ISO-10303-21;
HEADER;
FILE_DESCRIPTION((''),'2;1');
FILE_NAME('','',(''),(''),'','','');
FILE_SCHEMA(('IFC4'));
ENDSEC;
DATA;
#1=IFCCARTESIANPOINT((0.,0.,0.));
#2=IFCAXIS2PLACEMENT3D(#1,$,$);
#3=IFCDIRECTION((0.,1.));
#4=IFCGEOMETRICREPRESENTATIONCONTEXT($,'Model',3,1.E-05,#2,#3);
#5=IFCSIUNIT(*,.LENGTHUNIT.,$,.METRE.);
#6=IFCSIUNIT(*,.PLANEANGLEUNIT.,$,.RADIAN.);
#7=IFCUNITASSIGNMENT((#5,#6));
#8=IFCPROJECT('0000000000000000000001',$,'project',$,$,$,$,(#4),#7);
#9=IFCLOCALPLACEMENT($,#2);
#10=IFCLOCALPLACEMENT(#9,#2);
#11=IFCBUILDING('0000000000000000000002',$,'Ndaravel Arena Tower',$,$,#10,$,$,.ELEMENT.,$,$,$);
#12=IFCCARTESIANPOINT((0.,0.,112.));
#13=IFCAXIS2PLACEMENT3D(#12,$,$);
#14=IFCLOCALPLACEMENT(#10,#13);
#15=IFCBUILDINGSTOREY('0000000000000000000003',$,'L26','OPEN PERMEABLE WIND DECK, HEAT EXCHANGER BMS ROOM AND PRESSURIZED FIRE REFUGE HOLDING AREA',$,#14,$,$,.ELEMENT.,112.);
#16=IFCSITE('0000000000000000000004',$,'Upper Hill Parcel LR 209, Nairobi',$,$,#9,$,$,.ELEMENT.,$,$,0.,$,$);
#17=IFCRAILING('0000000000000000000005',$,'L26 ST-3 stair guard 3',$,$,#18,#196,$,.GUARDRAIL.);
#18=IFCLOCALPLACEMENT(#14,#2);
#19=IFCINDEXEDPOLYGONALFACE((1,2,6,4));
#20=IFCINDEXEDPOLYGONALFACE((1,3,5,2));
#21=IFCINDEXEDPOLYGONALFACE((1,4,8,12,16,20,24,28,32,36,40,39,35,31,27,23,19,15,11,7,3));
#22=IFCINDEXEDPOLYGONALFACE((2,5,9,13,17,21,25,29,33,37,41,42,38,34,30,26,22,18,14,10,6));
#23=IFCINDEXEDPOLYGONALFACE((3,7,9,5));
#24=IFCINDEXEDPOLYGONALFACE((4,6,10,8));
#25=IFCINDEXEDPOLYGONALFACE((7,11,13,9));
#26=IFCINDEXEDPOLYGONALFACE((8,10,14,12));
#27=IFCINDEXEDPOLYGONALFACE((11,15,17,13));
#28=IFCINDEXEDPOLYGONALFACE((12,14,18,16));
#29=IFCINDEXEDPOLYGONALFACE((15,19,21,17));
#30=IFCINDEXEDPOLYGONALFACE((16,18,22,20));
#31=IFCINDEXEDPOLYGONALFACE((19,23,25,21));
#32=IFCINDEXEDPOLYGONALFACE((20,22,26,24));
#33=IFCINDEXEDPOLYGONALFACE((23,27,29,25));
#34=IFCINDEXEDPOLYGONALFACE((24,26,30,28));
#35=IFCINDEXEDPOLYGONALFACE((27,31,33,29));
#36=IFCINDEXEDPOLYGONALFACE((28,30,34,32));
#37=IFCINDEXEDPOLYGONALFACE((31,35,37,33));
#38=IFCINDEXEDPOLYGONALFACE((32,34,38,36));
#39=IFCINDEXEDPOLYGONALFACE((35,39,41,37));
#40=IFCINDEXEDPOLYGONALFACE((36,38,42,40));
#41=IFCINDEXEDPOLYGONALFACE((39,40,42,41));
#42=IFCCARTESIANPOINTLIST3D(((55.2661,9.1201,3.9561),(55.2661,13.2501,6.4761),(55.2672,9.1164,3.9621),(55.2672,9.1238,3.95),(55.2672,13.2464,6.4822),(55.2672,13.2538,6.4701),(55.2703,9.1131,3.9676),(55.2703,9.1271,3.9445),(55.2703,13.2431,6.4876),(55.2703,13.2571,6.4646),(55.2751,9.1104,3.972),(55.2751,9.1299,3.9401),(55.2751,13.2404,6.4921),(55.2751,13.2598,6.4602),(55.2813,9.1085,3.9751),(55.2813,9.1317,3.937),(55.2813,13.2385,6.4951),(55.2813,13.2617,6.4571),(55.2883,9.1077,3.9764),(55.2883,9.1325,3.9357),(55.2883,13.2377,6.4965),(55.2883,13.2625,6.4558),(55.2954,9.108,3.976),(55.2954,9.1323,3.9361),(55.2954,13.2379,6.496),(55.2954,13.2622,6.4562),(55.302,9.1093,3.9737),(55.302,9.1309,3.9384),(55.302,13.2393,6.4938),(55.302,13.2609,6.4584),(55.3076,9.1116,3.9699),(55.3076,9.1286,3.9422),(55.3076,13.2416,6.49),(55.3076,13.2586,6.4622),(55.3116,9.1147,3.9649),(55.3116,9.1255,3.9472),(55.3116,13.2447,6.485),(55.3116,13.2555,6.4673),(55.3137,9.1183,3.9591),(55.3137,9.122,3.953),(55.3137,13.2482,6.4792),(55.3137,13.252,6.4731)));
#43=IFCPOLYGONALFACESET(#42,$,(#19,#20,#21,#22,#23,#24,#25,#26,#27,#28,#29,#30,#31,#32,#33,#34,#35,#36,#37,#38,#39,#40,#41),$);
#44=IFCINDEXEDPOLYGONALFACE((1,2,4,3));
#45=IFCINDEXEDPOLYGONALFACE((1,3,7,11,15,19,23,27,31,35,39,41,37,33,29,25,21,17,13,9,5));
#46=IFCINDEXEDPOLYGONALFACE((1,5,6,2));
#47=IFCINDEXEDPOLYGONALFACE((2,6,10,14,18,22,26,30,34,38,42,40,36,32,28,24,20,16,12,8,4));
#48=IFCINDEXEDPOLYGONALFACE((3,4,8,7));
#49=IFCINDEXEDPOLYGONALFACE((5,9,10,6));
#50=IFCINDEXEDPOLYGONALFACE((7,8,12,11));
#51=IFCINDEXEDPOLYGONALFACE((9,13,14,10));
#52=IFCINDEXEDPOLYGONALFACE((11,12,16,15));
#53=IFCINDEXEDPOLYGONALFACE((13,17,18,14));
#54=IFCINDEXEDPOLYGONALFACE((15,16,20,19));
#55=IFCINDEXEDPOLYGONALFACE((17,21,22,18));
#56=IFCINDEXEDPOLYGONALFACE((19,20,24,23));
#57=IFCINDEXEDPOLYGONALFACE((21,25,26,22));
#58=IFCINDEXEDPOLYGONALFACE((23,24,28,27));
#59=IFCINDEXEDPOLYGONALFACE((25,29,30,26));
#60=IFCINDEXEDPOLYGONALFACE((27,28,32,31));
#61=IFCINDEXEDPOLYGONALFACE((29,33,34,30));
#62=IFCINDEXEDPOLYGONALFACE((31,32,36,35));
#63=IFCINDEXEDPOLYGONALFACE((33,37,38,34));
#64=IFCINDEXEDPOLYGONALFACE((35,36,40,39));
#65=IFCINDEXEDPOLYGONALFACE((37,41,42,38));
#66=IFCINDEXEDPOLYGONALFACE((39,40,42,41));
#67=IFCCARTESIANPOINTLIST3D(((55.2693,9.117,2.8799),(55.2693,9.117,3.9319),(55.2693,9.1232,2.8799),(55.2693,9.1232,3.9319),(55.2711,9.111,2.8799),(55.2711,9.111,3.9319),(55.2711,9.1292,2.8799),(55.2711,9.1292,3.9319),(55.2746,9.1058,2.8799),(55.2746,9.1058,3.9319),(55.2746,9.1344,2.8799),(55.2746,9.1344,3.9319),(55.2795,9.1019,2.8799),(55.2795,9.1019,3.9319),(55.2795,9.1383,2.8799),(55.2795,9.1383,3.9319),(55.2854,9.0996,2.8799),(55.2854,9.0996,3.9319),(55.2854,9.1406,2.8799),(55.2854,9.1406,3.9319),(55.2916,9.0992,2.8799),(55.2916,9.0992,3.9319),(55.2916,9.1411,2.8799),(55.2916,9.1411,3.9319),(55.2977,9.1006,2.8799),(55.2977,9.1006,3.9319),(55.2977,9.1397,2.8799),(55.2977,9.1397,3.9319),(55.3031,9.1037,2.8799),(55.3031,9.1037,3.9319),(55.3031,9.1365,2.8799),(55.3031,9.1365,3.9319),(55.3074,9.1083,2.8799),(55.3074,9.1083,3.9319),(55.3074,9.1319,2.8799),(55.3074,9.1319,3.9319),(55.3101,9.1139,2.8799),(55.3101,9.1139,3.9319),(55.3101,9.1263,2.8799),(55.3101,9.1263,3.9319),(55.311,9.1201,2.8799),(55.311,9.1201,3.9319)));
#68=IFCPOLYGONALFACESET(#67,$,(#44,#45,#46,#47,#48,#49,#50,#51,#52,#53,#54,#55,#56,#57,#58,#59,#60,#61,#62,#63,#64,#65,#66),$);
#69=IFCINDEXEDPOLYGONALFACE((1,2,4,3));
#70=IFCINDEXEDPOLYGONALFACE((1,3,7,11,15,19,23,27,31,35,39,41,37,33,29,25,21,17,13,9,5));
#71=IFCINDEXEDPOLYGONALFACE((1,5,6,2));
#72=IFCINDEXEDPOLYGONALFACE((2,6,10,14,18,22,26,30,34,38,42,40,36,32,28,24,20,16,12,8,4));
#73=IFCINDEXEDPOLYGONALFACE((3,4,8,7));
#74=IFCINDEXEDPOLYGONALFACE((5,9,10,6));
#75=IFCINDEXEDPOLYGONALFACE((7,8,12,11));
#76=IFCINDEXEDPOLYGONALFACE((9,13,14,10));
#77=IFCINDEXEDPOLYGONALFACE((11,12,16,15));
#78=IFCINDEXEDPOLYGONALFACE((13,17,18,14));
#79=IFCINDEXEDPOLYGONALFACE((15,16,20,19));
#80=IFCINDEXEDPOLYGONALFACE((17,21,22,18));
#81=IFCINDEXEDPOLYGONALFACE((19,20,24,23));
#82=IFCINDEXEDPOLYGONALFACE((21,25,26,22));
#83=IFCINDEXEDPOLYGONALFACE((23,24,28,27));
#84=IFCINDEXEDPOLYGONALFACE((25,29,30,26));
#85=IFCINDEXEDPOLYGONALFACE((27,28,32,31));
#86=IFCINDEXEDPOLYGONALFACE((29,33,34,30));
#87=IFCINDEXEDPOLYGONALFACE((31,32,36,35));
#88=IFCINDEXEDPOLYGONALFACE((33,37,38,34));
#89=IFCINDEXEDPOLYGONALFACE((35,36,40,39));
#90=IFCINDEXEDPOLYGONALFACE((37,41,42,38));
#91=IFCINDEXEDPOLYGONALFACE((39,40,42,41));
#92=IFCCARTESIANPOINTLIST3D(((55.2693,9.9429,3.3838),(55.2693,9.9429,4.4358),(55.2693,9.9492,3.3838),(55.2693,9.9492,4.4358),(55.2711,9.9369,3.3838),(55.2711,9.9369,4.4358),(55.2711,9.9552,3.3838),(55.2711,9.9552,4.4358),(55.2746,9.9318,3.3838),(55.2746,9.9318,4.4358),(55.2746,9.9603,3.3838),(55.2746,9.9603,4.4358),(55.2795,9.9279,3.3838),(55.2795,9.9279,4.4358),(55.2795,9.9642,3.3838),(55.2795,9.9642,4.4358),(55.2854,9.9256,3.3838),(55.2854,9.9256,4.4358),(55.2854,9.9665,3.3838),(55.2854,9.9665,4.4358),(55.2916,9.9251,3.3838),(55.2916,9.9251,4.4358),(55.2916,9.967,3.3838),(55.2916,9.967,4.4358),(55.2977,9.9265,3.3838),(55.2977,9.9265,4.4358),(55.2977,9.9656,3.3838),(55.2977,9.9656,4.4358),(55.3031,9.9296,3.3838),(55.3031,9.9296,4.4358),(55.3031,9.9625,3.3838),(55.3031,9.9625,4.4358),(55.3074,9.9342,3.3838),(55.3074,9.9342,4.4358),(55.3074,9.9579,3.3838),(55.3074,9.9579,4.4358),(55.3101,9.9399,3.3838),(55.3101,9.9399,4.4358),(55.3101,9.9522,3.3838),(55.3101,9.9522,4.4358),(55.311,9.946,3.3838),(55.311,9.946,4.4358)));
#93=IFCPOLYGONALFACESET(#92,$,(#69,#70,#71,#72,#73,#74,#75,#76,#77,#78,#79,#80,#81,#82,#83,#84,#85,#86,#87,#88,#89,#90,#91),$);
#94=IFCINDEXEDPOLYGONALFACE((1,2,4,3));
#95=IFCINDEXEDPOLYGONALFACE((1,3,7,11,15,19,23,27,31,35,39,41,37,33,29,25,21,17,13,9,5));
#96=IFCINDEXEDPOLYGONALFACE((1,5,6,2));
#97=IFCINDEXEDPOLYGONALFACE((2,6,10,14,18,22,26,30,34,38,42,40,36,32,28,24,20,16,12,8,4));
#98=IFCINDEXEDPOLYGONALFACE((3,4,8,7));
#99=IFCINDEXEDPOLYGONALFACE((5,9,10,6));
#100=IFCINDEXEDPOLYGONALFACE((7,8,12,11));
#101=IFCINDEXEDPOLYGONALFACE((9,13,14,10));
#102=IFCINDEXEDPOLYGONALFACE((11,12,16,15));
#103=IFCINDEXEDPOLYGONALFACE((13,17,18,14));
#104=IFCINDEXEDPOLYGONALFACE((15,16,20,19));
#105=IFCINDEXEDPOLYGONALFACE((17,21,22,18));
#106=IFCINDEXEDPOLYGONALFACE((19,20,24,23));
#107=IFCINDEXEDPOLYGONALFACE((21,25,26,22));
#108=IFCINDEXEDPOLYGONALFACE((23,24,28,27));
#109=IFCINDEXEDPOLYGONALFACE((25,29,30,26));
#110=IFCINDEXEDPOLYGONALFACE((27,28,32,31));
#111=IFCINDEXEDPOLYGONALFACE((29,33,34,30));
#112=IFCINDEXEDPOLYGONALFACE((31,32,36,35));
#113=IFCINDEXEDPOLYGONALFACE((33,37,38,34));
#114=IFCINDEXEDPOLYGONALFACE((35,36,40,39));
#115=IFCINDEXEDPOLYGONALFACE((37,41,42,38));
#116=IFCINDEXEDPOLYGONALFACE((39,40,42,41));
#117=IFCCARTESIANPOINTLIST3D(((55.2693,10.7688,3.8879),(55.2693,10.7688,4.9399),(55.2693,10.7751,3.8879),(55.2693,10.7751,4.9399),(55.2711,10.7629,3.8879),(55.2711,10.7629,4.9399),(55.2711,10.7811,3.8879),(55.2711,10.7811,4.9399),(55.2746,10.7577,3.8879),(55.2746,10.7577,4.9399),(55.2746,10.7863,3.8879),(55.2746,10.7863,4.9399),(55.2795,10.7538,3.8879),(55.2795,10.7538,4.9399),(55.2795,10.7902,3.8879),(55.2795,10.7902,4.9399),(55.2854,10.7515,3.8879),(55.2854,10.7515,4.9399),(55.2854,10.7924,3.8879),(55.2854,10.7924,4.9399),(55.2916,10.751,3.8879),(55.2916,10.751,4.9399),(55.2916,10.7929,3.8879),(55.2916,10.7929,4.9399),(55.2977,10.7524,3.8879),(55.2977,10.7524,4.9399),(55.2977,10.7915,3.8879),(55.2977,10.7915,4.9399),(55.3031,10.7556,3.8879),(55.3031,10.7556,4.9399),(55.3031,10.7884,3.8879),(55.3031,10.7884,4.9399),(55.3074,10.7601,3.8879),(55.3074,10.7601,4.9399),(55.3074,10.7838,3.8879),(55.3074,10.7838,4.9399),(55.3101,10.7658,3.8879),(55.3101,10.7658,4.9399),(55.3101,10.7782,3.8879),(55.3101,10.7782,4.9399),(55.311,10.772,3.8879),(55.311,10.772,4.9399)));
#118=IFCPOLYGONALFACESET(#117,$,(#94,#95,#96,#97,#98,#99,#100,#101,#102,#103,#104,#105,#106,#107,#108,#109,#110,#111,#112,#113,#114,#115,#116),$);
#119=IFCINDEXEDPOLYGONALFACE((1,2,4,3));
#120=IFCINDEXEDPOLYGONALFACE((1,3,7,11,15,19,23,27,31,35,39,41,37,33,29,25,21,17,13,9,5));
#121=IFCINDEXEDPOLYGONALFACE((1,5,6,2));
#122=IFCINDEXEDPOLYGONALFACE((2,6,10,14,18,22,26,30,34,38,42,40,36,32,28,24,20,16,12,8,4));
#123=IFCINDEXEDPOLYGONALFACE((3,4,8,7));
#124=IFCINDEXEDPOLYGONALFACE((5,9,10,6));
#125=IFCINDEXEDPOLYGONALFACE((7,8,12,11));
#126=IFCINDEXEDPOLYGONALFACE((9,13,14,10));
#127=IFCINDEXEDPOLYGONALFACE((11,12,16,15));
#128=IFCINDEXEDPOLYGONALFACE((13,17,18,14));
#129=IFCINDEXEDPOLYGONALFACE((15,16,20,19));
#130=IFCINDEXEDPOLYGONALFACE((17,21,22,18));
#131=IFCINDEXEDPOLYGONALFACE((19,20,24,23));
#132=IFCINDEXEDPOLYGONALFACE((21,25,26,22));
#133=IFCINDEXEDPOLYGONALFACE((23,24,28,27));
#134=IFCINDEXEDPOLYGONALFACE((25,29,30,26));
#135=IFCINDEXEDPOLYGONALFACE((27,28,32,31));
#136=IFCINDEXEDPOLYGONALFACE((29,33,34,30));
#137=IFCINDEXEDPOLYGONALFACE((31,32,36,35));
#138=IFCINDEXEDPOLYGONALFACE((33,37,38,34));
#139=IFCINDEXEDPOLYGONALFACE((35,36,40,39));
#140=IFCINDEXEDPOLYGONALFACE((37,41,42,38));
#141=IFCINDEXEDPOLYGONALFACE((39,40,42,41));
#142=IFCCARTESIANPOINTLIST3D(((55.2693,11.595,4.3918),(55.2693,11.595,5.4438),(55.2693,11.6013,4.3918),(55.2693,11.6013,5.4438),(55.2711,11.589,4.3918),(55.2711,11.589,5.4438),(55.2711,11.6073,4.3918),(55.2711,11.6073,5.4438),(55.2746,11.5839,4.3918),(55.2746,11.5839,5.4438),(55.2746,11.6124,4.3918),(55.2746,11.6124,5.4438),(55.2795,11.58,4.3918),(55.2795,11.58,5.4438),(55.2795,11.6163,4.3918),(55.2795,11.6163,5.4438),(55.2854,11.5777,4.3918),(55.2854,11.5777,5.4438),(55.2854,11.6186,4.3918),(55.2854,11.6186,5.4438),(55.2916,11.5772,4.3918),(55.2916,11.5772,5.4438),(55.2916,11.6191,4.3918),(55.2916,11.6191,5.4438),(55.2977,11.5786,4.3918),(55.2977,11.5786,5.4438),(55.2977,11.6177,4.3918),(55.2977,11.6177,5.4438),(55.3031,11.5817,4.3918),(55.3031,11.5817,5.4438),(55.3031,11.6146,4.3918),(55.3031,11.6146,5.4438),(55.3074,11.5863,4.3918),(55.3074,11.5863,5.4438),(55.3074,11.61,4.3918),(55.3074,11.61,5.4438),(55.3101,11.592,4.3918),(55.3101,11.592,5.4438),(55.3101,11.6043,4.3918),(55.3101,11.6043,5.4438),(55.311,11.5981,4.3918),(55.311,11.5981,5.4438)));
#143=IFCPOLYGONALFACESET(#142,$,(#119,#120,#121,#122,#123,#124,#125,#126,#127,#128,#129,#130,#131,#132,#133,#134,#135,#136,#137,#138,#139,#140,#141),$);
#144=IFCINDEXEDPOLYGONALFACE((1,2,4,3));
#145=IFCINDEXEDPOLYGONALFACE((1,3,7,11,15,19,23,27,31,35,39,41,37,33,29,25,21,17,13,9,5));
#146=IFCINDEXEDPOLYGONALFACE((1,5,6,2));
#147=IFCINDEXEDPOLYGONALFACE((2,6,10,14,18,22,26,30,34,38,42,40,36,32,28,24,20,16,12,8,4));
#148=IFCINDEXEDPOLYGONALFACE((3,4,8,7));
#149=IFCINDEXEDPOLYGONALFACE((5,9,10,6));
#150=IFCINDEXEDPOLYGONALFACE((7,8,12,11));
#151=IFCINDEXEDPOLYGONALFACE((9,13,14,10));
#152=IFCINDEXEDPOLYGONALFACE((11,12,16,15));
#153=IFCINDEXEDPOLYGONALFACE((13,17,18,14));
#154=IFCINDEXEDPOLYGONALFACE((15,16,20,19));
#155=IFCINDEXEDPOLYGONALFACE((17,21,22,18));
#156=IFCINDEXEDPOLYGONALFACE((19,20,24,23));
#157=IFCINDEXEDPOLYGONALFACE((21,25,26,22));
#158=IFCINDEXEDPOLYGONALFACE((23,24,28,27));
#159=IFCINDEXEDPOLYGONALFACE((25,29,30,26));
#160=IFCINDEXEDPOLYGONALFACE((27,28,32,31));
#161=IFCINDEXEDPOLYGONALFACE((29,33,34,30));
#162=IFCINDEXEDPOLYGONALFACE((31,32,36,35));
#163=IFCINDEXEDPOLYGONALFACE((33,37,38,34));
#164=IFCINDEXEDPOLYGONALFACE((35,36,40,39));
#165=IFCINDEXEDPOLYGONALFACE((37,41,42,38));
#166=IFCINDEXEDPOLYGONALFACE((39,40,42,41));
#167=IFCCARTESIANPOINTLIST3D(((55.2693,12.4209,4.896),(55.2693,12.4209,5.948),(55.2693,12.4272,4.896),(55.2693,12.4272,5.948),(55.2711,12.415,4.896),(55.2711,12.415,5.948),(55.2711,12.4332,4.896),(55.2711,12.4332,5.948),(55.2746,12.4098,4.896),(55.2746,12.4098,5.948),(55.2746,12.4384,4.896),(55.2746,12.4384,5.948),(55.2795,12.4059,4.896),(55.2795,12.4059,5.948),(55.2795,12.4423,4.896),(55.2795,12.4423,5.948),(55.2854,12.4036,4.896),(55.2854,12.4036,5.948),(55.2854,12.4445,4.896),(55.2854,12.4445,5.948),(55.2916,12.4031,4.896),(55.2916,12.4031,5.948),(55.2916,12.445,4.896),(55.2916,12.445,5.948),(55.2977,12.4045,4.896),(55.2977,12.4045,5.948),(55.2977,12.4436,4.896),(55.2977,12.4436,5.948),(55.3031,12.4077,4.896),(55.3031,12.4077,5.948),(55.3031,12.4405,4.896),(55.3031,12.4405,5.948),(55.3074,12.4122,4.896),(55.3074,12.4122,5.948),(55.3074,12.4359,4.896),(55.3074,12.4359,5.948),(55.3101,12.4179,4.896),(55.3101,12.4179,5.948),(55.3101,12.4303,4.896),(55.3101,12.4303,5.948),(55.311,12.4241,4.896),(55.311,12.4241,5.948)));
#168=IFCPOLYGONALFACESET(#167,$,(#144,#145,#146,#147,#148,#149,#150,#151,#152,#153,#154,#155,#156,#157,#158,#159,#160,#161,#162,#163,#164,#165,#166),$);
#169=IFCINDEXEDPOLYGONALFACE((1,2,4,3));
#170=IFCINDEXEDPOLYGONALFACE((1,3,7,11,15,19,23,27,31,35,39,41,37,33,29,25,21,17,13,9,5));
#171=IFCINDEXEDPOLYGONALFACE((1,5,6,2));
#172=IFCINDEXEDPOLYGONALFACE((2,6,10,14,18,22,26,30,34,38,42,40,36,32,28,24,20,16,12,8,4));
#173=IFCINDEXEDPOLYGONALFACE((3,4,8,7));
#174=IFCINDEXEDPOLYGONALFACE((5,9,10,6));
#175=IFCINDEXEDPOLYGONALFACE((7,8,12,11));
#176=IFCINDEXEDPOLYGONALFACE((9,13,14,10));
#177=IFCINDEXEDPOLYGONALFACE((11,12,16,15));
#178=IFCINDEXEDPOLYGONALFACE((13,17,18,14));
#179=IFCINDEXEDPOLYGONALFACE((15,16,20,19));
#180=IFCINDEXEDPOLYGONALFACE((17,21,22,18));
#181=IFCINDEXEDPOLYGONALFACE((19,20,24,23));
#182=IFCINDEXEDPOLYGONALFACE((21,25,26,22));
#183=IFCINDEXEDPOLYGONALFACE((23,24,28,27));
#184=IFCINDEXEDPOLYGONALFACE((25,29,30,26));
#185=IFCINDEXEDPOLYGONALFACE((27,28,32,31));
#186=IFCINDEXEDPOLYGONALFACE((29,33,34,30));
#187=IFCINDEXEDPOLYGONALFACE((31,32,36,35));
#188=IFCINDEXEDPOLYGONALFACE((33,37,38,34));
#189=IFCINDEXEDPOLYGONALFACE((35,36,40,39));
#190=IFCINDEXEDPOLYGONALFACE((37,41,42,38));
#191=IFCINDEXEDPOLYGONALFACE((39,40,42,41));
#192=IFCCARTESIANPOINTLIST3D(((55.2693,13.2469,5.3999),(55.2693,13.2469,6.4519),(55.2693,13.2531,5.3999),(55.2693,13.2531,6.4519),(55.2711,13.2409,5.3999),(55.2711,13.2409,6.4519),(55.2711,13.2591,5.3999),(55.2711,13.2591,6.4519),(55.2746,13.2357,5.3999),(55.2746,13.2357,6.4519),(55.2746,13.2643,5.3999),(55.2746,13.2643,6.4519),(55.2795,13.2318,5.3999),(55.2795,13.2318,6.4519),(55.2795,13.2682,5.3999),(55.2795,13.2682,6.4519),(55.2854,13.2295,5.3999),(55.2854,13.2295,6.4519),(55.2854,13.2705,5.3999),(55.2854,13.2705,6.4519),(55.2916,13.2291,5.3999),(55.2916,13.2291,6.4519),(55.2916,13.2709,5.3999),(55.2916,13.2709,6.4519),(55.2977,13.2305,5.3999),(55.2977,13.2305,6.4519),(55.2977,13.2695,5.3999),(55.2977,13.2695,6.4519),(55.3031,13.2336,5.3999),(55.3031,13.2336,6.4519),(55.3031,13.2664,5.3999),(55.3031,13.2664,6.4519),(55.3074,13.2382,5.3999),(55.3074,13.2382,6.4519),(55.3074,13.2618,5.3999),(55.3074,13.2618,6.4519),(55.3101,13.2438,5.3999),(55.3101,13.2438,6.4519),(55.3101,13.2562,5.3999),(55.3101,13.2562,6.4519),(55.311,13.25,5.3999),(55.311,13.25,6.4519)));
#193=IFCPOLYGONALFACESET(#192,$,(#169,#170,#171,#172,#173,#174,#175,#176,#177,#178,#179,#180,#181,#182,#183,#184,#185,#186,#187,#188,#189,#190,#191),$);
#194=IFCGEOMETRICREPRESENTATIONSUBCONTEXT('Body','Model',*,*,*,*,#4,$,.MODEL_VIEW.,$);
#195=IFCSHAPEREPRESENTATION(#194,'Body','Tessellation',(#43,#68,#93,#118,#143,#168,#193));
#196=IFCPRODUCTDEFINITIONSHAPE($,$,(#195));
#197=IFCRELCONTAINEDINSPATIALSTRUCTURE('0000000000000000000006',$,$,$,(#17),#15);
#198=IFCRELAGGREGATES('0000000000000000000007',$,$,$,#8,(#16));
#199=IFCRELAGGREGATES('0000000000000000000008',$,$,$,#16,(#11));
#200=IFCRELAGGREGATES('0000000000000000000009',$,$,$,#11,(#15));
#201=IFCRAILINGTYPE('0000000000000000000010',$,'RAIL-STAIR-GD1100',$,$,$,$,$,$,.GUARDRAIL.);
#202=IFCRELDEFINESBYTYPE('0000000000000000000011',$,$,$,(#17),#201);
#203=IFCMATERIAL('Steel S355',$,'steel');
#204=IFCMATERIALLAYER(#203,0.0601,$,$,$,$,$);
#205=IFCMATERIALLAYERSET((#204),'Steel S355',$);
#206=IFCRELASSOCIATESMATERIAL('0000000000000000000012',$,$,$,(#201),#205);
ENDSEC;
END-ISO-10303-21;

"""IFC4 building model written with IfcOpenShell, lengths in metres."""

from ifc_helpers import new_model, si_unit, direction, frame, origin, origin_2d, place, context, subcontext, project, spatial, circle, extrude, material, layer, layer_set, type_object, element, save


model = new_model("IFC4")

# Units and contexts
model_context = context("Model", 3, precision=1e-05, world=origin(), true_north=direction((0.0, 1.0)))
body_context = subcontext(model_context, "Body", "Model", "MODEL_VIEW")
ifc_project = project(units=[si_unit("LENGTHUNIT", "METRE"), si_unit("PLANEANGLEUNIT", "RADIAN")], contexts=[model_context])

# Site, building, storey
site_placement = place(None, origin())
site = spatial("IfcSite", under=ifc_project, at=site_placement, Name="Upper Hill Parcel LR 209, Nairobi", CompositionType="ELEMENT", RefElevation=0.0)
building_placement = place(site_placement, origin())
building = spatial("IfcBuilding", under=site, at=building_placement, Name="Ndaravel Arena Tower", CompositionType="ELEMENT")
storey_placement = place(building_placement, frame((0.0, 0.0, 112.0)))
storey = spatial("IfcBuildingStorey", under=building, at=storey_placement, Name="L26", Description="OPEN PERMEABLE WIND DECK, HEAT EXCHANGER BMS ROOM AND PRESSURIZED FIRE REFUGE HOLDING AREA", CompositionType="ELEMENT", Elevation=112.0)

# Railing
ifc_material_1 = material(Name="Steel S355", Category="steel")
ifc_layer_1 = layer(ifc_material_1, 0.0601)
ifc_layer_set_1 = layer_set([ifc_layer_1], Name="Steel S355")
railing_type_1 = type_object("IfcRailingType", Name="RAIL-STAIR-GD1100", PredefinedType="GUARDRAIL", material=ifc_layer_set_1)
railing_1_placement = place(storey_placement, frame((55.29, 9.1201, 2.8799)))
element("IfcRailing", 1, at=railing_1_placement, inside=storey, type_object=railing_type_1, Name="L26 ST-3 stair guard 3", PredefinedType="GUARDRAIL", context=body_context, shape_type="SweptSolid", body=[
    extrude(circle(Radius=0.0239, at=origin_2d()), frame((0.0, 0.0, 1.0762), z_axis=(0.0, 0.853631, 0.520878), x_axis=(-1.0, 0.0, 0.0)), (0.0, 0.0, 1.0), 4.8381),
    extrude(circle(Radius=0.021, at=origin_2d()), origin(), (0.0, 0.0, 1.0), 1.052),
    extrude(circle(Radius=0.021, at=origin_2d()), frame((0.0, 0.8259, 0.5039)), (0.0, 0.0, 1.0), 1.052),
    extrude(circle(Radius=0.021, at=origin_2d()), frame((0.0, 1.6519, 1.0081)), (0.0, 0.0, 1.0), 1.052),
    extrude(circle(Radius=0.021, at=origin_2d()), frame((0.0, 2.478, 1.512)), (0.0, 0.0, 1.0), 1.052),
    extrude(circle(Radius=0.021, at=origin_2d()), frame((0.0, 3.304, 2.0161)), (0.0, 0.0, 1.0), 1.052),
    extrude(circle(Radius=0.021, at=origin_2d()), frame((0.0, 4.1299, 2.52)), (0.0, 0.0, 1.0), 1.052),
])

save(model, "model.ifc")
